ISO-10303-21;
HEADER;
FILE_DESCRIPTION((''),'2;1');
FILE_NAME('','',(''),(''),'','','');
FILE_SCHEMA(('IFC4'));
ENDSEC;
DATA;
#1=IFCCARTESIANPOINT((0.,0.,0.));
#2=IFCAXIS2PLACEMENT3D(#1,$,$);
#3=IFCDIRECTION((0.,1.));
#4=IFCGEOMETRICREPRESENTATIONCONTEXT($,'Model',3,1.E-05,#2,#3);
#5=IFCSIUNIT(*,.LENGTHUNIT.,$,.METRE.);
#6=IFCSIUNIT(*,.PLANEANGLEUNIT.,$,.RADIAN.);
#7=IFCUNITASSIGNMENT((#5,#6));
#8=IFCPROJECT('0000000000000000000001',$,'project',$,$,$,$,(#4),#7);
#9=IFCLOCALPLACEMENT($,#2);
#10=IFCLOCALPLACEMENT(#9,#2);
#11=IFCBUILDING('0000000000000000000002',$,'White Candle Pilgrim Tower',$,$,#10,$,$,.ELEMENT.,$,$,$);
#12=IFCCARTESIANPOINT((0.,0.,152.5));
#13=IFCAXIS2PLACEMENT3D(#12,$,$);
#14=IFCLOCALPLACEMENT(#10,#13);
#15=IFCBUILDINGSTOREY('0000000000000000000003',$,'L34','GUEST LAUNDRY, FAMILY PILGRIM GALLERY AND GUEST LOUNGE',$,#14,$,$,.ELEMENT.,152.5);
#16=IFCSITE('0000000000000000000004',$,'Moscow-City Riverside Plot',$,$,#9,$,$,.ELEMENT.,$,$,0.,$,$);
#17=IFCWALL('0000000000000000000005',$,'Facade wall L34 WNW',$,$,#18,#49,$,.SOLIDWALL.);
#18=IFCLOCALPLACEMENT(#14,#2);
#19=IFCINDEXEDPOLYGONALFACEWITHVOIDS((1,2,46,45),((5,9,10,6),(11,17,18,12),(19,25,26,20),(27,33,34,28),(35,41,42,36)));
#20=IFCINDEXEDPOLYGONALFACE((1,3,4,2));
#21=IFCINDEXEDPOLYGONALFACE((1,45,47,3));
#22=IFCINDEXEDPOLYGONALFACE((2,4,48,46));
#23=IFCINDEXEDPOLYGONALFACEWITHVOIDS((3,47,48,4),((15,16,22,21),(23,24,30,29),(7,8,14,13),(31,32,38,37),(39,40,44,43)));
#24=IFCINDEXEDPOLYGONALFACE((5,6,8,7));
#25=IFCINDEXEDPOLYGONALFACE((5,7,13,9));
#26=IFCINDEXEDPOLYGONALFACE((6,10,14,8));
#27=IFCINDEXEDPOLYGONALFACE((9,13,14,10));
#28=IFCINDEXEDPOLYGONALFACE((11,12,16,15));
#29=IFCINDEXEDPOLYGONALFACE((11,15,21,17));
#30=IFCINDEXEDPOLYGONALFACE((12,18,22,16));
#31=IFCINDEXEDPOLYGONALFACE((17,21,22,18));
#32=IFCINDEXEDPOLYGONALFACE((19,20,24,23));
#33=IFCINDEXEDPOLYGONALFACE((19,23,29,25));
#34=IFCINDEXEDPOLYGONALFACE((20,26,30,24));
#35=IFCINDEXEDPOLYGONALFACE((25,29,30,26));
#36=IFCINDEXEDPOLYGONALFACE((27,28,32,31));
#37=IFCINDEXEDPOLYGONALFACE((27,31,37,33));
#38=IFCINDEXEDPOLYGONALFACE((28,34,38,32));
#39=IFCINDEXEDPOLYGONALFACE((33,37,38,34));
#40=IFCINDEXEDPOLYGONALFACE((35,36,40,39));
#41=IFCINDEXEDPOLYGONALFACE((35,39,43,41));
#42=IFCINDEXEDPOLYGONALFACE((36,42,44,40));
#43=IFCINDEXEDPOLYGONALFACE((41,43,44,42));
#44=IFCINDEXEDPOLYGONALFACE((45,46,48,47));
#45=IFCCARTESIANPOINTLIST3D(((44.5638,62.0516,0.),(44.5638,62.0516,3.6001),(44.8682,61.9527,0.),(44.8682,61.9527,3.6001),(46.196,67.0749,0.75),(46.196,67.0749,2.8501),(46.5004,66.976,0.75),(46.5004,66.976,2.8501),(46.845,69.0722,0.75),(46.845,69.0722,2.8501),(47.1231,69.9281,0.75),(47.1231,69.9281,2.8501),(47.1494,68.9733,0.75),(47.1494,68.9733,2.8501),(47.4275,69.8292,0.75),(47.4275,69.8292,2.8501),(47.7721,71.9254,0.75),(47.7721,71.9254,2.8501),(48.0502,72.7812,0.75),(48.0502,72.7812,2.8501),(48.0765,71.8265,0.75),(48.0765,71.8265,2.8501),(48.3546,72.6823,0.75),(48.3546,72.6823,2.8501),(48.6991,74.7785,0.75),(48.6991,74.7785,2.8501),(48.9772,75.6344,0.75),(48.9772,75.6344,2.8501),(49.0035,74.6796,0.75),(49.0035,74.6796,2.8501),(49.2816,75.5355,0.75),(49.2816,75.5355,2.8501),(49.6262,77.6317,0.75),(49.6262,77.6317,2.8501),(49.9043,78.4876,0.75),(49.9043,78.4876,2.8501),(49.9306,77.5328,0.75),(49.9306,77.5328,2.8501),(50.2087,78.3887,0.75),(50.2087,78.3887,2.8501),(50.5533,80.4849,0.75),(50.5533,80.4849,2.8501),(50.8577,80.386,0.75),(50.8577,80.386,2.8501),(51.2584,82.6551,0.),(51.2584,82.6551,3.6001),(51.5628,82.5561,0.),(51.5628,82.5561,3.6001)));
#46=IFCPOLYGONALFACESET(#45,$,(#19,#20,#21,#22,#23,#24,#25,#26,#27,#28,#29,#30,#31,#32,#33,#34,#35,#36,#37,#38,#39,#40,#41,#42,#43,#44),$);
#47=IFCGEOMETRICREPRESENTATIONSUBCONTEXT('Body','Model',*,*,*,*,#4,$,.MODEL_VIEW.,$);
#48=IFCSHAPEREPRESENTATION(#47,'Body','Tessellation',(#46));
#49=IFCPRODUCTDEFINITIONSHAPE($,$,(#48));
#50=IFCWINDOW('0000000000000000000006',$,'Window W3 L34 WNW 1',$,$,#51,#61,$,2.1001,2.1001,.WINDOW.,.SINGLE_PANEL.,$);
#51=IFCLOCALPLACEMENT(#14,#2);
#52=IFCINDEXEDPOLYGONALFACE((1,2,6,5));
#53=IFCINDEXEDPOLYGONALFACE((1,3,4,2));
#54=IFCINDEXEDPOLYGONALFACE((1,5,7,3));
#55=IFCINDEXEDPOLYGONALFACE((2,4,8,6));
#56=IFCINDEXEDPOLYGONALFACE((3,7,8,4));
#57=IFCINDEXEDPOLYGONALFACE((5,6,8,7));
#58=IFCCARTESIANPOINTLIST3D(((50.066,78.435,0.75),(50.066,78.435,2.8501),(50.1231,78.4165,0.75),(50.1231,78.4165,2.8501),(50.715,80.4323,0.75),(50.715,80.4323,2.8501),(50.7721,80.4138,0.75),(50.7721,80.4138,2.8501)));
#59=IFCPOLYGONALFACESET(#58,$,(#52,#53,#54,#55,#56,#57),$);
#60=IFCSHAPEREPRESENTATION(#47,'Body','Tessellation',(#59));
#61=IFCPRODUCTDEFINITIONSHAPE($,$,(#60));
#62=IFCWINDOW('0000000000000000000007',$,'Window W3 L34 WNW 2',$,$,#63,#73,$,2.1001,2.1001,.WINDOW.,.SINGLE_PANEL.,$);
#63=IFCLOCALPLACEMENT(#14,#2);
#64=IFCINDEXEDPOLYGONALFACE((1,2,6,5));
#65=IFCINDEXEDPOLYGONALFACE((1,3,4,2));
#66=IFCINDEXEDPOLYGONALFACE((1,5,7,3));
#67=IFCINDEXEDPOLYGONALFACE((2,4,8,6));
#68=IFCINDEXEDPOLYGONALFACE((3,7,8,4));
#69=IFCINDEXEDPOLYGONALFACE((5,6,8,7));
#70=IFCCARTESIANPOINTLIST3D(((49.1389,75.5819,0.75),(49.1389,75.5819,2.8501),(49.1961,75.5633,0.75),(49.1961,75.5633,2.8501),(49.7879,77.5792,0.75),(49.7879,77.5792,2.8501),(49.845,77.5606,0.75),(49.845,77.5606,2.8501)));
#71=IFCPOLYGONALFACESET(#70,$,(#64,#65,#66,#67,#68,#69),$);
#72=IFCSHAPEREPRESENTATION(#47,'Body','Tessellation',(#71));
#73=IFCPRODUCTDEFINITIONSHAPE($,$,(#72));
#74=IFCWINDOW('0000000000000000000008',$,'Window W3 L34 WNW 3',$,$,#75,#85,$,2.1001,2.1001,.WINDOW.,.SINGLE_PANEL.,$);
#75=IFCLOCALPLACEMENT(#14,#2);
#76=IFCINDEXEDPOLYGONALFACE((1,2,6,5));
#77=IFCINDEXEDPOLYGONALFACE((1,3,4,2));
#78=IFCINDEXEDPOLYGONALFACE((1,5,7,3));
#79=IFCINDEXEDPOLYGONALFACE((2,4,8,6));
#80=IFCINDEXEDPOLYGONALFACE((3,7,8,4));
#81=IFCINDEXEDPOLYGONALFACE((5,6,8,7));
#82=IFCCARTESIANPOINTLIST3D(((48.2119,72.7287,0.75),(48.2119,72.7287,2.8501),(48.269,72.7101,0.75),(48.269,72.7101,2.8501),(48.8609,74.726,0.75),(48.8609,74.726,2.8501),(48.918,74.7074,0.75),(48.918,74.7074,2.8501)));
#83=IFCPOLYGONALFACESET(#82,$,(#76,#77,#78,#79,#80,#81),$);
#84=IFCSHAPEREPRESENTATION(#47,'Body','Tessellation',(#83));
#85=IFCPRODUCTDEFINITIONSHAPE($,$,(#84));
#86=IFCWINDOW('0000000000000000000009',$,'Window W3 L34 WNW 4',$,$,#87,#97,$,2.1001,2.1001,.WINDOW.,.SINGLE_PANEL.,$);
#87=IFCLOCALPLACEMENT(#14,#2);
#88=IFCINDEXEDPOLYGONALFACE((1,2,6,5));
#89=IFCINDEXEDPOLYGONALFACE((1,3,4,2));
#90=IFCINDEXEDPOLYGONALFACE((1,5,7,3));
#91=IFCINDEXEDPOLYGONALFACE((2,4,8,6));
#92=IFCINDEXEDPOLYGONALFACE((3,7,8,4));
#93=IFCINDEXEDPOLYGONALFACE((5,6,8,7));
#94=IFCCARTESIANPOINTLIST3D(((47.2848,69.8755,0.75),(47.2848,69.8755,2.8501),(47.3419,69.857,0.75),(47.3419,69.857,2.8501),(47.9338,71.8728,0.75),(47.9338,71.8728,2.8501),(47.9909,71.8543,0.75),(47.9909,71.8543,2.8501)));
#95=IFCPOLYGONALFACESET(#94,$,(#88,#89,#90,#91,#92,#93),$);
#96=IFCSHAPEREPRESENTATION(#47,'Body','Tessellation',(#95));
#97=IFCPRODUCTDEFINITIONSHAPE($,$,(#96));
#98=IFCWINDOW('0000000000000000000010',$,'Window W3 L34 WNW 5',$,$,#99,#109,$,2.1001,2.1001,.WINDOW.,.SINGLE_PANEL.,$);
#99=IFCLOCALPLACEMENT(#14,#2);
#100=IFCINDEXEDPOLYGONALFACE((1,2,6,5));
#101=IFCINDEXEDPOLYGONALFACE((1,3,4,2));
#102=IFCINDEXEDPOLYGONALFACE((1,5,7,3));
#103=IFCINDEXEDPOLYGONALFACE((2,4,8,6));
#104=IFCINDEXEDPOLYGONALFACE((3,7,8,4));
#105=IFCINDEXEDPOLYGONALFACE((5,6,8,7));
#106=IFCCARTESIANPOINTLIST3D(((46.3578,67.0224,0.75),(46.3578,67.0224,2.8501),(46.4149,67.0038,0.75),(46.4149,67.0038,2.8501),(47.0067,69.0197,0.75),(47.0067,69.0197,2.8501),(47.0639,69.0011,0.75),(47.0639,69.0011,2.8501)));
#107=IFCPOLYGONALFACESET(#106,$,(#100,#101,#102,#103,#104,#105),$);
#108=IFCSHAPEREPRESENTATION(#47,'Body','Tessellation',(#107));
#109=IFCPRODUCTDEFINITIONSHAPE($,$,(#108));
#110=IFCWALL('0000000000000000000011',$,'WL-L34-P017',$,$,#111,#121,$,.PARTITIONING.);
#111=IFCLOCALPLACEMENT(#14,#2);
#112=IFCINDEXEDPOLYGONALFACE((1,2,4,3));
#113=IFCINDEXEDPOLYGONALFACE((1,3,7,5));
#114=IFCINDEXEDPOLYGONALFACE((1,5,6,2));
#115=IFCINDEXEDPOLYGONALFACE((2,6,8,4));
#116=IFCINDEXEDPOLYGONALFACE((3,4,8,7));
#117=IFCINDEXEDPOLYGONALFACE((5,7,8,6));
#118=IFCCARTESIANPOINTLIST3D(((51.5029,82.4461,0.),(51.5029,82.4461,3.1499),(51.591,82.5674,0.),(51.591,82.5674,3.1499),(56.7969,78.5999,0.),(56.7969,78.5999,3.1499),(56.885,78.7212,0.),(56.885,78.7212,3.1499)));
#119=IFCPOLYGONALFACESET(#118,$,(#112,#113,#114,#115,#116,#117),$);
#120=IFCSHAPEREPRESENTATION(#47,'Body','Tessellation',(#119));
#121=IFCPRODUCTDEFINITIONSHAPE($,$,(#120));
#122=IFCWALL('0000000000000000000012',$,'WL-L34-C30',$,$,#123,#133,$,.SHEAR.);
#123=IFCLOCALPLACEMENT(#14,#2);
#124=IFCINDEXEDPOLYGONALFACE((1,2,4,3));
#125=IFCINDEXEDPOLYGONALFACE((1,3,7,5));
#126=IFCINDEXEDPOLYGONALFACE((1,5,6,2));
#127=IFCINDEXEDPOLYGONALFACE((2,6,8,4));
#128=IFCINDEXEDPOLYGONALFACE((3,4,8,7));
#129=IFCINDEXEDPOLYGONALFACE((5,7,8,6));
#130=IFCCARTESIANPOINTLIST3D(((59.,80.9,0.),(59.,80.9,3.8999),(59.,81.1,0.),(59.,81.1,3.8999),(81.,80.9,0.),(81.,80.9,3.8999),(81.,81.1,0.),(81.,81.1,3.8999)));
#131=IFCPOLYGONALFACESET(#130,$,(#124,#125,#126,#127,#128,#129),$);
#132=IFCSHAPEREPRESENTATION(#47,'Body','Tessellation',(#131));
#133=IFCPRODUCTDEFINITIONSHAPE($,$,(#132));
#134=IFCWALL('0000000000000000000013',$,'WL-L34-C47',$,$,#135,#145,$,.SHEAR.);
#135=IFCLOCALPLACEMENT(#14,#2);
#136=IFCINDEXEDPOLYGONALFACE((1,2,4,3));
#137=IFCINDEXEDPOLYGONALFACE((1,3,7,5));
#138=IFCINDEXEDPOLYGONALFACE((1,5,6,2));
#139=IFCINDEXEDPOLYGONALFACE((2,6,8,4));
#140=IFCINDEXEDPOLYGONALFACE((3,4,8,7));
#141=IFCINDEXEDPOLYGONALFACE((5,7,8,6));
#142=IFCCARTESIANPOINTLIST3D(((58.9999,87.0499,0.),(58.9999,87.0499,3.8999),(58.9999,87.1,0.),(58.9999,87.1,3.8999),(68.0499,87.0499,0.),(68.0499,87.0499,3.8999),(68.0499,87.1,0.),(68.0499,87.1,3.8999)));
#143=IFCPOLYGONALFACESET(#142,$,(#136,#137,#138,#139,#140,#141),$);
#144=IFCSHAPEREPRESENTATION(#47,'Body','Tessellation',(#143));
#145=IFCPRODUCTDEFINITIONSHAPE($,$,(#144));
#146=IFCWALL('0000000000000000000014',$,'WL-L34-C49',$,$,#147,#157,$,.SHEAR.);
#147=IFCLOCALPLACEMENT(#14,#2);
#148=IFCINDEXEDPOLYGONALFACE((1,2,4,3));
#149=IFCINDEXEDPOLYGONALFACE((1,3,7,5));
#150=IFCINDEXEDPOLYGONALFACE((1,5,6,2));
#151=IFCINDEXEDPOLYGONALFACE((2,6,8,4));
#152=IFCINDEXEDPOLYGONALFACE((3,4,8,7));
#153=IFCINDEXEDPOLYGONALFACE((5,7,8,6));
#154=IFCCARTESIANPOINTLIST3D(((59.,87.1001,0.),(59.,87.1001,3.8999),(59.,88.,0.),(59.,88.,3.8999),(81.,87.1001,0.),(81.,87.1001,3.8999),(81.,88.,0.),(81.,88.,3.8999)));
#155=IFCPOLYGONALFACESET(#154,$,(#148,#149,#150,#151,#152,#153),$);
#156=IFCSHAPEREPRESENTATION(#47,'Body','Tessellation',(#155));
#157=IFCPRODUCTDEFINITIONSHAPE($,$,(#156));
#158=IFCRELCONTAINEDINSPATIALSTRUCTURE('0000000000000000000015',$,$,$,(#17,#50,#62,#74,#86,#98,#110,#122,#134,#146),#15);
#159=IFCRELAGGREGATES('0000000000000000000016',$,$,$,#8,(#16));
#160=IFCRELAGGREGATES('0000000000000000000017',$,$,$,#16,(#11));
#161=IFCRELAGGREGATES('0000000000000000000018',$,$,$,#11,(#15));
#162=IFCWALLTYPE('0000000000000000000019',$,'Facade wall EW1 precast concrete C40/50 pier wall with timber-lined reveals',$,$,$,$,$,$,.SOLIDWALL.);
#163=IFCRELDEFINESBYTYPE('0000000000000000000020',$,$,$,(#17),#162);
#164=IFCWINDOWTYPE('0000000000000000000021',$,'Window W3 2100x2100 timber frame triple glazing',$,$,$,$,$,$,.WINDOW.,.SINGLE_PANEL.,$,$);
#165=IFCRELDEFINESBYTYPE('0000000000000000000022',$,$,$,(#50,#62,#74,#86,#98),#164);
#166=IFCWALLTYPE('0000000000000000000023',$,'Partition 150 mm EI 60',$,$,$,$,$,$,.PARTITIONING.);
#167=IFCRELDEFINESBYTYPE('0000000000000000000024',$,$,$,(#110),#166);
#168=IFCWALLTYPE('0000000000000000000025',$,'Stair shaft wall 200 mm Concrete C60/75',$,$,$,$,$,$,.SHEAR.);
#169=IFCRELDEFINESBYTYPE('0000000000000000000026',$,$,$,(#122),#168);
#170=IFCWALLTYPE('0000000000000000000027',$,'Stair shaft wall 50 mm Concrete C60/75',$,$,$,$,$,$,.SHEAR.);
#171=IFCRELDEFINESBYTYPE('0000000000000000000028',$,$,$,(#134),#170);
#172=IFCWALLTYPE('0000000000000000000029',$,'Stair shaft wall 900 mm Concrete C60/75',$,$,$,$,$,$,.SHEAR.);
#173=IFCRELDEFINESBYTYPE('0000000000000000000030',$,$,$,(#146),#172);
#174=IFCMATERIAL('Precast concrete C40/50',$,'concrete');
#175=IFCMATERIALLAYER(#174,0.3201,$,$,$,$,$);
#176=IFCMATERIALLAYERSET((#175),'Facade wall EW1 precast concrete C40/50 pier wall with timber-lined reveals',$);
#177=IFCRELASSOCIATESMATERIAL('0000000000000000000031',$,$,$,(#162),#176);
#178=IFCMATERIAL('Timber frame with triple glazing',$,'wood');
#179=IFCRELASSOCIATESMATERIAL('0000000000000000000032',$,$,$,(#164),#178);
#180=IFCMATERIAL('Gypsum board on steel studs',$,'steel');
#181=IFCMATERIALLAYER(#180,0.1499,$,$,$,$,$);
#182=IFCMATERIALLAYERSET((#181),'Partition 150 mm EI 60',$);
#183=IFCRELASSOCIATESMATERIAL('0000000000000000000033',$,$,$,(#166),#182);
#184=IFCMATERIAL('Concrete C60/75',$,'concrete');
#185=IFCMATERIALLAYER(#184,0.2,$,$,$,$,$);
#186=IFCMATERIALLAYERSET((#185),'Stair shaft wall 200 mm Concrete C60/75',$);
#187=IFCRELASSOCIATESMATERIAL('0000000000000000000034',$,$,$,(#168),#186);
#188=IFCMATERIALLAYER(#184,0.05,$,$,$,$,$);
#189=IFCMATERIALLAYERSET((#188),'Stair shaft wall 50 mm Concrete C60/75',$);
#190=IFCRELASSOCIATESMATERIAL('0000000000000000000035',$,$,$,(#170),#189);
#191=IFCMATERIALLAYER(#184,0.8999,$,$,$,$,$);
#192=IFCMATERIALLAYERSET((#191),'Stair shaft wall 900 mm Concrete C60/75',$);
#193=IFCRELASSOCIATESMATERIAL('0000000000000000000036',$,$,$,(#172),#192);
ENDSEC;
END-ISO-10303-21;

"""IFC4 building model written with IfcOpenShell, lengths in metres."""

from ifc_helpers import new_model, si_unit, direction, frame, frame_2d, origin, place, context, subcontext, project, spatial, rectangle, extrude, material, layer, layer_set, type_object, element, fill, save


model = new_model("IFC4")

# Units and contexts
model_context = context("Model", 3, precision=1e-05, world=origin(), true_north=direction((0.0, 1.0)))
body_context = subcontext(model_context, "Body", "Model", "MODEL_VIEW")
ifc_project = project(units=[si_unit("LENGTHUNIT", "METRE"), si_unit("PLANEANGLEUNIT", "RADIAN")], contexts=[model_context])

# Site, building, storey
site_placement = place(None, origin())
site = spatial("IfcSite", under=ifc_project, at=site_placement, Name="Moscow-City Riverside Plot", CompositionType="ELEMENT", RefElevation=0.0)
building_placement = place(site_placement, origin())
building = spatial("IfcBuilding", under=site, at=building_placement, Name="White Candle Pilgrim Tower", CompositionType="ELEMENT")
storey_placement = place(building_placement, frame((0.0, 0.0, 152.5)))
storey = spatial("IfcBuildingStorey", under=building, at=storey_placement, Name="L34", Description="GUEST LAUNDRY, FAMILY PILGRIM GALLERY AND GUEST LOUNGE", CompositionType="ELEMENT", Elevation=152.5)

# Shared definitions
ifc_material_1 = material(Name="Concrete C60/75", Category="concrete")

# Shared definitions
ifc_material_2 = material(Name="Precast concrete C40/50", Category="concrete")
ifc_layer_1 = layer(ifc_material_2, 0.3201)
ifc_layer_set_1 = layer_set([ifc_layer_1], Name="Facade wall EW1 precast concrete C40/50 pier wall with timber-lined reveals")
wall_type_1 = type_object("IfcWallType", Name="Facade wall EW1 precast concrete C40/50 pier wall with timber-lined reveals", PredefinedType="SOLIDWALL", material=ifc_layer_set_1)

# Wall, openings, windows
ifc_material_3 = material(Name="Timber frame with triple glazing", Category="wood")
wall_1_placement = place(storey_placement, frame((51.4106, 82.6057, 0.0), z_axis=(0.0, 0.0, 1.0), x_axis=(-0.309021, -0.951055, 0.0)))
wall_1 = element("IfcWall", 1, at=wall_1_placement, inside=storey, type_object=wall_type_1, Name="Facade wall L34 WNW", PredefinedType="SOLIDWALL", context=body_context, shape_type="SweptSolid", body=[
    extrude(rectangle(XDim=21.6638, YDim=0.3201, at=frame_2d((10.832, 0.0))), origin(), (0.0, 0.0, 1.0), 3.6001),
])
opening_1_placement = place(wall_1_placement, frame((2.282, 0.0, 0.75)))
opening_1 = element("IfcOpeningElement", 2, at=opening_1_placement, cuts=wall_1, PredefinedType="OPENING", context=body_context, shape_type="SweptSolid", body=[
    extrude(rectangle(XDim=2.1001, YDim=2.1001, at=frame_2d((1.05, 1.05))), frame((0.0, 0.1699, 0.0), z_axis=(0.0, -1.0, 0.0), x_axis=(1.0, 0.0, 0.0)), (0.0, 0.0, 1.0), 0.3401),
])
opening_2_placement = place(wall_1_placement, frame((5.282, 0.0, 0.75)))
opening_2 = element("IfcOpeningElement", 3, at=opening_2_placement, cuts=wall_1, PredefinedType="OPENING", context=body_context, shape_type="SweptSolid", body=[
    extrude(rectangle(XDim=2.1001, YDim=2.1001, at=frame_2d((1.05, 1.05))), frame((0.0, 0.1699, 0.0), z_axis=(0.0, -1.0, 0.0), x_axis=(1.0, 0.0, 0.0)), (0.0, 0.0, 1.0), 0.3401),
])
opening_3_placement = place(wall_1_placement, frame((8.282, 0.0, 0.75)))
opening_3 = element("IfcOpeningElement", 4, at=opening_3_placement, cuts=wall_1, PredefinedType="OPENING", context=body_context, shape_type="SweptSolid", body=[
    extrude(rectangle(XDim=2.1001, YDim=2.1001, at=frame_2d((1.05, 1.05))), frame((0.0, 0.1699, 0.0), z_axis=(0.0, -1.0, 0.0), x_axis=(1.0, 0.0, 0.0)), (0.0, 0.0, 1.0), 0.3401),
])
opening_4_placement = place(wall_1_placement, frame((11.282, 0.0, 0.75)))
opening_4 = element("IfcOpeningElement", 5, at=opening_4_placement, cuts=wall_1, PredefinedType="OPENING", context=body_context, shape_type="SweptSolid", body=[
    extrude(rectangle(XDim=2.1001, YDim=2.1001, at=frame_2d((1.05, 1.05))), frame((0.0, 0.1699, 0.0), z_axis=(0.0, -1.0, 0.0), x_axis=(1.0, 0.0, 0.0)), (0.0, 0.0, 1.0), 0.3401),
])
opening_5_placement = place(wall_1_placement, frame((14.282, 0.0, 0.75)))
opening_5 = element("IfcOpeningElement", 6, at=opening_5_placement, cuts=wall_1, PredefinedType="OPENING", context=body_context, shape_type="SweptSolid", body=[
    extrude(rectangle(XDim=2.1001, YDim=2.1001, at=frame_2d((1.05, 1.05))), frame((0.0, 0.1699, 0.0), z_axis=(0.0, -1.0, 0.0), x_axis=(1.0, 0.0, 0.0)), (0.0, 0.0, 1.0), 0.3401),
])
window_type_1 = type_object("IfcWindowType", Name="Window W3 2100x2100 timber frame triple glazing", PartitioningType="SINGLE_PANEL", PredefinedType="WINDOW", material=ifc_material_3)
window_1_placement = place(opening_1_placement, origin())
window_1 = element("IfcWindow", 7, at=window_1_placement, inside=storey, type_object=window_type_1, Name="Window W3 L34 WNW 1", OverallHeight=2.1001, OverallWidth=2.1001, PartitioningType="SINGLE_PANEL", PredefinedType="WINDOW", context=body_context, shape_type="SweptSolid", body=[
    extrude(rectangle(XDim=2.1001, YDim=2.1001, at=frame_2d((1.05, 1.05))), frame((0.0, 0.0701, 0.0), z_axis=(0.0, -1.0, 0.0), x_axis=(1.0, 0.0, 0.0)), (0.0, 0.0, 1.0), 0.0601),
])
fill(opening_1, window_1)
window_2_placement = place(opening_2_placement, origin())
window_2 = element("IfcWindow", 8, at=window_2_placement, inside=storey, type_object=window_type_1, Name="Window W3 L34 WNW 2", OverallHeight=2.1001, OverallWidth=2.1001, PartitioningType="SINGLE_PANEL", PredefinedType="WINDOW", context=body_context, shape_type="SweptSolid", body=[
    extrude(rectangle(XDim=2.1001, YDim=2.1001, at=frame_2d((1.05, 1.05))), frame((0.0, 0.0701, 0.0), z_axis=(0.0, -1.0, 0.0), x_axis=(1.0, 0.0, 0.0)), (0.0, 0.0, 1.0), 0.0601),
])
fill(opening_2, window_2)
window_3_placement = place(opening_3_placement, origin())
window_3 = element("IfcWindow", 9, at=window_3_placement, inside=storey, type_object=window_type_1, Name="Window W3 L34 WNW 3", OverallHeight=2.1001, OverallWidth=2.1001, PartitioningType="SINGLE_PANEL", PredefinedType="WINDOW", context=body_context, shape_type="SweptSolid", body=[
    extrude(rectangle(XDim=2.1001, YDim=2.1001, at=frame_2d((1.05, 1.05))), frame((0.0, 0.0701, 0.0), z_axis=(0.0, -1.0, 0.0), x_axis=(1.0, 0.0, 0.0)), (0.0, 0.0, 1.0), 0.0601),
])
fill(opening_3, window_3)
window_4_placement = place(opening_4_placement, origin())
window_4 = element("IfcWindow", 10, at=window_4_placement, inside=storey, type_object=window_type_1, Name="Window W3 L34 WNW 4", OverallHeight=2.1001, OverallWidth=2.1001, PartitioningType="SINGLE_PANEL", PredefinedType="WINDOW", context=body_context, shape_type="SweptSolid", body=[
    extrude(rectangle(XDim=2.1001, YDim=2.1001, at=frame_2d((1.05, 1.05))), frame((0.0, 0.0701, 0.0), z_axis=(0.0, -1.0, 0.0), x_axis=(1.0, 0.0, 0.0)), (0.0, 0.0, 1.0), 0.0601),
])
fill(opening_4, window_4)
window_5_placement = place(opening_5_placement, origin())
window_5 = element("IfcWindow", 11, at=window_5_placement, inside=storey, type_object=window_type_1, Name="Window W3 L34 WNW 5", OverallHeight=2.1001, OverallWidth=2.1001, PartitioningType="SINGLE_PANEL", PredefinedType="WINDOW", context=body_context, shape_type="SweptSolid", body=[
    extrude(rectangle(XDim=2.1001, YDim=2.1001, at=frame_2d((1.05, 1.05))), frame((0.0, 0.0701, 0.0), z_axis=(0.0, -1.0, 0.0), x_axis=(1.0, 0.0, 0.0)), (0.0, 0.0, 1.0), 0.0601),
])
fill(opening_5, window_5)

# Walls
ifc_material_4 = material(Name="Gypsum board on steel studs", Category="steel")
ifc_layer_2 = layer(ifc_material_4, 0.1499)
ifc_layer_set_2 = layer_set([ifc_layer_2], Name="Partition 150 mm EI 60")
wall_type_2 = type_object("IfcWallType", Name="Partition 150 mm EI 60", PredefinedType="PARTITIONING", material=ifc_layer_set_2)
wall_2_placement = place(storey_placement, frame((51.5469, 82.5068, 0.0), z_axis=(0.0, 0.0, 1.0), x_axis=(0.809023, -0.587777, 0.0)))
element("IfcWall", 12, at=wall_2_placement, inside=storey, type_object=wall_type_2, Name="WL-L34-P017", PredefinedType="PARTITIONING", context=body_context, shape_type="SweptSolid", body=[
    extrude(rectangle(XDim=6.5437, YDim=0.1499, at=frame_2d((3.272, 0.0))), origin(), (0.0, 0.0, 1.0), 3.1499),
])
ifc_layer_3 = layer(ifc_material_1, 0.2)
ifc_layer_set_3 = layer_set([ifc_layer_3], Name="Stair shaft wall 200 mm Concrete C60/75")
wall_type_3 = type_object("IfcWallType", Name="Stair shaft wall 200 mm Concrete C60/75", PredefinedType="SHEAR", material=ifc_layer_set_3)
wall_3_placement = place(storey_placement, frame((59.0, 81.0, 0.0), z_axis=(0.0, 0.0, 1.0), x_axis=(1.0, 0.0, 0.0)))
element("IfcWall", 13, at=wall_3_placement, inside=storey, type_object=wall_type_3, Name="WL-L34-C30", PredefinedType="SHEAR", context=body_context, shape_type="SweptSolid", body=[
    extrude(rectangle(XDim=22.0, YDim=0.2, at=frame_2d((11.0, 0.0))), origin(), (0.0, 0.0, 1.0), 3.8999),
])
ifc_layer_4 = layer(ifc_material_1, 0.05)
ifc_layer_set_4 = layer_set([ifc_layer_4], Name="Stair shaft wall 50 mm Concrete C60/75")
wall_type_4 = type_object("IfcWallType", Name="Stair shaft wall 50 mm Concrete C60/75", PredefinedType="SHEAR", material=ifc_layer_set_4)
wall_4_placement = place(storey_placement, frame((59.0, 87.075, 0.0), z_axis=(0.0, 0.0, 1.0), x_axis=(1.0, 0.0, 0.0)))
element("IfcWall", 14, at=wall_4_placement, inside=storey, type_object=wall_type_4, Name="WL-L34-C47", PredefinedType="SHEAR", context=body_context, shape_type="SweptSolid", body=[
    extrude(rectangle(XDim=9.05, YDim=0.05, at=frame_2d((4.5249, 0.0))), origin(), (0.0, 0.0, 1.0), 3.8999),
])
ifc_layer_5 = layer(ifc_material_1, 0.8999)
ifc_layer_set_5 = layer_set([ifc_layer_5], Name="Stair shaft wall 900 mm Concrete C60/75")
wall_type_5 = type_object("IfcWallType", Name="Stair shaft wall 900 mm Concrete C60/75", PredefinedType="SHEAR", material=ifc_layer_set_5)
wall_5_placement = place(storey_placement, frame((59.0, 87.55, 0.0), z_axis=(0.0, 0.0, 1.0), x_axis=(1.0, 0.0, 0.0)))
element("IfcWall", 15, at=wall_5_placement, inside=storey, type_object=wall_type_5, Name="WL-L34-C49", PredefinedType="SHEAR", context=body_context, shape_type="SweptSolid", body=[
    extrude(rectangle(XDim=22.0, YDim=0.8999, at=frame_2d((11.0, 0.0))), origin(), (0.0, 0.0, 1.0), 3.8999),
])

save(model, "model.ifc")
